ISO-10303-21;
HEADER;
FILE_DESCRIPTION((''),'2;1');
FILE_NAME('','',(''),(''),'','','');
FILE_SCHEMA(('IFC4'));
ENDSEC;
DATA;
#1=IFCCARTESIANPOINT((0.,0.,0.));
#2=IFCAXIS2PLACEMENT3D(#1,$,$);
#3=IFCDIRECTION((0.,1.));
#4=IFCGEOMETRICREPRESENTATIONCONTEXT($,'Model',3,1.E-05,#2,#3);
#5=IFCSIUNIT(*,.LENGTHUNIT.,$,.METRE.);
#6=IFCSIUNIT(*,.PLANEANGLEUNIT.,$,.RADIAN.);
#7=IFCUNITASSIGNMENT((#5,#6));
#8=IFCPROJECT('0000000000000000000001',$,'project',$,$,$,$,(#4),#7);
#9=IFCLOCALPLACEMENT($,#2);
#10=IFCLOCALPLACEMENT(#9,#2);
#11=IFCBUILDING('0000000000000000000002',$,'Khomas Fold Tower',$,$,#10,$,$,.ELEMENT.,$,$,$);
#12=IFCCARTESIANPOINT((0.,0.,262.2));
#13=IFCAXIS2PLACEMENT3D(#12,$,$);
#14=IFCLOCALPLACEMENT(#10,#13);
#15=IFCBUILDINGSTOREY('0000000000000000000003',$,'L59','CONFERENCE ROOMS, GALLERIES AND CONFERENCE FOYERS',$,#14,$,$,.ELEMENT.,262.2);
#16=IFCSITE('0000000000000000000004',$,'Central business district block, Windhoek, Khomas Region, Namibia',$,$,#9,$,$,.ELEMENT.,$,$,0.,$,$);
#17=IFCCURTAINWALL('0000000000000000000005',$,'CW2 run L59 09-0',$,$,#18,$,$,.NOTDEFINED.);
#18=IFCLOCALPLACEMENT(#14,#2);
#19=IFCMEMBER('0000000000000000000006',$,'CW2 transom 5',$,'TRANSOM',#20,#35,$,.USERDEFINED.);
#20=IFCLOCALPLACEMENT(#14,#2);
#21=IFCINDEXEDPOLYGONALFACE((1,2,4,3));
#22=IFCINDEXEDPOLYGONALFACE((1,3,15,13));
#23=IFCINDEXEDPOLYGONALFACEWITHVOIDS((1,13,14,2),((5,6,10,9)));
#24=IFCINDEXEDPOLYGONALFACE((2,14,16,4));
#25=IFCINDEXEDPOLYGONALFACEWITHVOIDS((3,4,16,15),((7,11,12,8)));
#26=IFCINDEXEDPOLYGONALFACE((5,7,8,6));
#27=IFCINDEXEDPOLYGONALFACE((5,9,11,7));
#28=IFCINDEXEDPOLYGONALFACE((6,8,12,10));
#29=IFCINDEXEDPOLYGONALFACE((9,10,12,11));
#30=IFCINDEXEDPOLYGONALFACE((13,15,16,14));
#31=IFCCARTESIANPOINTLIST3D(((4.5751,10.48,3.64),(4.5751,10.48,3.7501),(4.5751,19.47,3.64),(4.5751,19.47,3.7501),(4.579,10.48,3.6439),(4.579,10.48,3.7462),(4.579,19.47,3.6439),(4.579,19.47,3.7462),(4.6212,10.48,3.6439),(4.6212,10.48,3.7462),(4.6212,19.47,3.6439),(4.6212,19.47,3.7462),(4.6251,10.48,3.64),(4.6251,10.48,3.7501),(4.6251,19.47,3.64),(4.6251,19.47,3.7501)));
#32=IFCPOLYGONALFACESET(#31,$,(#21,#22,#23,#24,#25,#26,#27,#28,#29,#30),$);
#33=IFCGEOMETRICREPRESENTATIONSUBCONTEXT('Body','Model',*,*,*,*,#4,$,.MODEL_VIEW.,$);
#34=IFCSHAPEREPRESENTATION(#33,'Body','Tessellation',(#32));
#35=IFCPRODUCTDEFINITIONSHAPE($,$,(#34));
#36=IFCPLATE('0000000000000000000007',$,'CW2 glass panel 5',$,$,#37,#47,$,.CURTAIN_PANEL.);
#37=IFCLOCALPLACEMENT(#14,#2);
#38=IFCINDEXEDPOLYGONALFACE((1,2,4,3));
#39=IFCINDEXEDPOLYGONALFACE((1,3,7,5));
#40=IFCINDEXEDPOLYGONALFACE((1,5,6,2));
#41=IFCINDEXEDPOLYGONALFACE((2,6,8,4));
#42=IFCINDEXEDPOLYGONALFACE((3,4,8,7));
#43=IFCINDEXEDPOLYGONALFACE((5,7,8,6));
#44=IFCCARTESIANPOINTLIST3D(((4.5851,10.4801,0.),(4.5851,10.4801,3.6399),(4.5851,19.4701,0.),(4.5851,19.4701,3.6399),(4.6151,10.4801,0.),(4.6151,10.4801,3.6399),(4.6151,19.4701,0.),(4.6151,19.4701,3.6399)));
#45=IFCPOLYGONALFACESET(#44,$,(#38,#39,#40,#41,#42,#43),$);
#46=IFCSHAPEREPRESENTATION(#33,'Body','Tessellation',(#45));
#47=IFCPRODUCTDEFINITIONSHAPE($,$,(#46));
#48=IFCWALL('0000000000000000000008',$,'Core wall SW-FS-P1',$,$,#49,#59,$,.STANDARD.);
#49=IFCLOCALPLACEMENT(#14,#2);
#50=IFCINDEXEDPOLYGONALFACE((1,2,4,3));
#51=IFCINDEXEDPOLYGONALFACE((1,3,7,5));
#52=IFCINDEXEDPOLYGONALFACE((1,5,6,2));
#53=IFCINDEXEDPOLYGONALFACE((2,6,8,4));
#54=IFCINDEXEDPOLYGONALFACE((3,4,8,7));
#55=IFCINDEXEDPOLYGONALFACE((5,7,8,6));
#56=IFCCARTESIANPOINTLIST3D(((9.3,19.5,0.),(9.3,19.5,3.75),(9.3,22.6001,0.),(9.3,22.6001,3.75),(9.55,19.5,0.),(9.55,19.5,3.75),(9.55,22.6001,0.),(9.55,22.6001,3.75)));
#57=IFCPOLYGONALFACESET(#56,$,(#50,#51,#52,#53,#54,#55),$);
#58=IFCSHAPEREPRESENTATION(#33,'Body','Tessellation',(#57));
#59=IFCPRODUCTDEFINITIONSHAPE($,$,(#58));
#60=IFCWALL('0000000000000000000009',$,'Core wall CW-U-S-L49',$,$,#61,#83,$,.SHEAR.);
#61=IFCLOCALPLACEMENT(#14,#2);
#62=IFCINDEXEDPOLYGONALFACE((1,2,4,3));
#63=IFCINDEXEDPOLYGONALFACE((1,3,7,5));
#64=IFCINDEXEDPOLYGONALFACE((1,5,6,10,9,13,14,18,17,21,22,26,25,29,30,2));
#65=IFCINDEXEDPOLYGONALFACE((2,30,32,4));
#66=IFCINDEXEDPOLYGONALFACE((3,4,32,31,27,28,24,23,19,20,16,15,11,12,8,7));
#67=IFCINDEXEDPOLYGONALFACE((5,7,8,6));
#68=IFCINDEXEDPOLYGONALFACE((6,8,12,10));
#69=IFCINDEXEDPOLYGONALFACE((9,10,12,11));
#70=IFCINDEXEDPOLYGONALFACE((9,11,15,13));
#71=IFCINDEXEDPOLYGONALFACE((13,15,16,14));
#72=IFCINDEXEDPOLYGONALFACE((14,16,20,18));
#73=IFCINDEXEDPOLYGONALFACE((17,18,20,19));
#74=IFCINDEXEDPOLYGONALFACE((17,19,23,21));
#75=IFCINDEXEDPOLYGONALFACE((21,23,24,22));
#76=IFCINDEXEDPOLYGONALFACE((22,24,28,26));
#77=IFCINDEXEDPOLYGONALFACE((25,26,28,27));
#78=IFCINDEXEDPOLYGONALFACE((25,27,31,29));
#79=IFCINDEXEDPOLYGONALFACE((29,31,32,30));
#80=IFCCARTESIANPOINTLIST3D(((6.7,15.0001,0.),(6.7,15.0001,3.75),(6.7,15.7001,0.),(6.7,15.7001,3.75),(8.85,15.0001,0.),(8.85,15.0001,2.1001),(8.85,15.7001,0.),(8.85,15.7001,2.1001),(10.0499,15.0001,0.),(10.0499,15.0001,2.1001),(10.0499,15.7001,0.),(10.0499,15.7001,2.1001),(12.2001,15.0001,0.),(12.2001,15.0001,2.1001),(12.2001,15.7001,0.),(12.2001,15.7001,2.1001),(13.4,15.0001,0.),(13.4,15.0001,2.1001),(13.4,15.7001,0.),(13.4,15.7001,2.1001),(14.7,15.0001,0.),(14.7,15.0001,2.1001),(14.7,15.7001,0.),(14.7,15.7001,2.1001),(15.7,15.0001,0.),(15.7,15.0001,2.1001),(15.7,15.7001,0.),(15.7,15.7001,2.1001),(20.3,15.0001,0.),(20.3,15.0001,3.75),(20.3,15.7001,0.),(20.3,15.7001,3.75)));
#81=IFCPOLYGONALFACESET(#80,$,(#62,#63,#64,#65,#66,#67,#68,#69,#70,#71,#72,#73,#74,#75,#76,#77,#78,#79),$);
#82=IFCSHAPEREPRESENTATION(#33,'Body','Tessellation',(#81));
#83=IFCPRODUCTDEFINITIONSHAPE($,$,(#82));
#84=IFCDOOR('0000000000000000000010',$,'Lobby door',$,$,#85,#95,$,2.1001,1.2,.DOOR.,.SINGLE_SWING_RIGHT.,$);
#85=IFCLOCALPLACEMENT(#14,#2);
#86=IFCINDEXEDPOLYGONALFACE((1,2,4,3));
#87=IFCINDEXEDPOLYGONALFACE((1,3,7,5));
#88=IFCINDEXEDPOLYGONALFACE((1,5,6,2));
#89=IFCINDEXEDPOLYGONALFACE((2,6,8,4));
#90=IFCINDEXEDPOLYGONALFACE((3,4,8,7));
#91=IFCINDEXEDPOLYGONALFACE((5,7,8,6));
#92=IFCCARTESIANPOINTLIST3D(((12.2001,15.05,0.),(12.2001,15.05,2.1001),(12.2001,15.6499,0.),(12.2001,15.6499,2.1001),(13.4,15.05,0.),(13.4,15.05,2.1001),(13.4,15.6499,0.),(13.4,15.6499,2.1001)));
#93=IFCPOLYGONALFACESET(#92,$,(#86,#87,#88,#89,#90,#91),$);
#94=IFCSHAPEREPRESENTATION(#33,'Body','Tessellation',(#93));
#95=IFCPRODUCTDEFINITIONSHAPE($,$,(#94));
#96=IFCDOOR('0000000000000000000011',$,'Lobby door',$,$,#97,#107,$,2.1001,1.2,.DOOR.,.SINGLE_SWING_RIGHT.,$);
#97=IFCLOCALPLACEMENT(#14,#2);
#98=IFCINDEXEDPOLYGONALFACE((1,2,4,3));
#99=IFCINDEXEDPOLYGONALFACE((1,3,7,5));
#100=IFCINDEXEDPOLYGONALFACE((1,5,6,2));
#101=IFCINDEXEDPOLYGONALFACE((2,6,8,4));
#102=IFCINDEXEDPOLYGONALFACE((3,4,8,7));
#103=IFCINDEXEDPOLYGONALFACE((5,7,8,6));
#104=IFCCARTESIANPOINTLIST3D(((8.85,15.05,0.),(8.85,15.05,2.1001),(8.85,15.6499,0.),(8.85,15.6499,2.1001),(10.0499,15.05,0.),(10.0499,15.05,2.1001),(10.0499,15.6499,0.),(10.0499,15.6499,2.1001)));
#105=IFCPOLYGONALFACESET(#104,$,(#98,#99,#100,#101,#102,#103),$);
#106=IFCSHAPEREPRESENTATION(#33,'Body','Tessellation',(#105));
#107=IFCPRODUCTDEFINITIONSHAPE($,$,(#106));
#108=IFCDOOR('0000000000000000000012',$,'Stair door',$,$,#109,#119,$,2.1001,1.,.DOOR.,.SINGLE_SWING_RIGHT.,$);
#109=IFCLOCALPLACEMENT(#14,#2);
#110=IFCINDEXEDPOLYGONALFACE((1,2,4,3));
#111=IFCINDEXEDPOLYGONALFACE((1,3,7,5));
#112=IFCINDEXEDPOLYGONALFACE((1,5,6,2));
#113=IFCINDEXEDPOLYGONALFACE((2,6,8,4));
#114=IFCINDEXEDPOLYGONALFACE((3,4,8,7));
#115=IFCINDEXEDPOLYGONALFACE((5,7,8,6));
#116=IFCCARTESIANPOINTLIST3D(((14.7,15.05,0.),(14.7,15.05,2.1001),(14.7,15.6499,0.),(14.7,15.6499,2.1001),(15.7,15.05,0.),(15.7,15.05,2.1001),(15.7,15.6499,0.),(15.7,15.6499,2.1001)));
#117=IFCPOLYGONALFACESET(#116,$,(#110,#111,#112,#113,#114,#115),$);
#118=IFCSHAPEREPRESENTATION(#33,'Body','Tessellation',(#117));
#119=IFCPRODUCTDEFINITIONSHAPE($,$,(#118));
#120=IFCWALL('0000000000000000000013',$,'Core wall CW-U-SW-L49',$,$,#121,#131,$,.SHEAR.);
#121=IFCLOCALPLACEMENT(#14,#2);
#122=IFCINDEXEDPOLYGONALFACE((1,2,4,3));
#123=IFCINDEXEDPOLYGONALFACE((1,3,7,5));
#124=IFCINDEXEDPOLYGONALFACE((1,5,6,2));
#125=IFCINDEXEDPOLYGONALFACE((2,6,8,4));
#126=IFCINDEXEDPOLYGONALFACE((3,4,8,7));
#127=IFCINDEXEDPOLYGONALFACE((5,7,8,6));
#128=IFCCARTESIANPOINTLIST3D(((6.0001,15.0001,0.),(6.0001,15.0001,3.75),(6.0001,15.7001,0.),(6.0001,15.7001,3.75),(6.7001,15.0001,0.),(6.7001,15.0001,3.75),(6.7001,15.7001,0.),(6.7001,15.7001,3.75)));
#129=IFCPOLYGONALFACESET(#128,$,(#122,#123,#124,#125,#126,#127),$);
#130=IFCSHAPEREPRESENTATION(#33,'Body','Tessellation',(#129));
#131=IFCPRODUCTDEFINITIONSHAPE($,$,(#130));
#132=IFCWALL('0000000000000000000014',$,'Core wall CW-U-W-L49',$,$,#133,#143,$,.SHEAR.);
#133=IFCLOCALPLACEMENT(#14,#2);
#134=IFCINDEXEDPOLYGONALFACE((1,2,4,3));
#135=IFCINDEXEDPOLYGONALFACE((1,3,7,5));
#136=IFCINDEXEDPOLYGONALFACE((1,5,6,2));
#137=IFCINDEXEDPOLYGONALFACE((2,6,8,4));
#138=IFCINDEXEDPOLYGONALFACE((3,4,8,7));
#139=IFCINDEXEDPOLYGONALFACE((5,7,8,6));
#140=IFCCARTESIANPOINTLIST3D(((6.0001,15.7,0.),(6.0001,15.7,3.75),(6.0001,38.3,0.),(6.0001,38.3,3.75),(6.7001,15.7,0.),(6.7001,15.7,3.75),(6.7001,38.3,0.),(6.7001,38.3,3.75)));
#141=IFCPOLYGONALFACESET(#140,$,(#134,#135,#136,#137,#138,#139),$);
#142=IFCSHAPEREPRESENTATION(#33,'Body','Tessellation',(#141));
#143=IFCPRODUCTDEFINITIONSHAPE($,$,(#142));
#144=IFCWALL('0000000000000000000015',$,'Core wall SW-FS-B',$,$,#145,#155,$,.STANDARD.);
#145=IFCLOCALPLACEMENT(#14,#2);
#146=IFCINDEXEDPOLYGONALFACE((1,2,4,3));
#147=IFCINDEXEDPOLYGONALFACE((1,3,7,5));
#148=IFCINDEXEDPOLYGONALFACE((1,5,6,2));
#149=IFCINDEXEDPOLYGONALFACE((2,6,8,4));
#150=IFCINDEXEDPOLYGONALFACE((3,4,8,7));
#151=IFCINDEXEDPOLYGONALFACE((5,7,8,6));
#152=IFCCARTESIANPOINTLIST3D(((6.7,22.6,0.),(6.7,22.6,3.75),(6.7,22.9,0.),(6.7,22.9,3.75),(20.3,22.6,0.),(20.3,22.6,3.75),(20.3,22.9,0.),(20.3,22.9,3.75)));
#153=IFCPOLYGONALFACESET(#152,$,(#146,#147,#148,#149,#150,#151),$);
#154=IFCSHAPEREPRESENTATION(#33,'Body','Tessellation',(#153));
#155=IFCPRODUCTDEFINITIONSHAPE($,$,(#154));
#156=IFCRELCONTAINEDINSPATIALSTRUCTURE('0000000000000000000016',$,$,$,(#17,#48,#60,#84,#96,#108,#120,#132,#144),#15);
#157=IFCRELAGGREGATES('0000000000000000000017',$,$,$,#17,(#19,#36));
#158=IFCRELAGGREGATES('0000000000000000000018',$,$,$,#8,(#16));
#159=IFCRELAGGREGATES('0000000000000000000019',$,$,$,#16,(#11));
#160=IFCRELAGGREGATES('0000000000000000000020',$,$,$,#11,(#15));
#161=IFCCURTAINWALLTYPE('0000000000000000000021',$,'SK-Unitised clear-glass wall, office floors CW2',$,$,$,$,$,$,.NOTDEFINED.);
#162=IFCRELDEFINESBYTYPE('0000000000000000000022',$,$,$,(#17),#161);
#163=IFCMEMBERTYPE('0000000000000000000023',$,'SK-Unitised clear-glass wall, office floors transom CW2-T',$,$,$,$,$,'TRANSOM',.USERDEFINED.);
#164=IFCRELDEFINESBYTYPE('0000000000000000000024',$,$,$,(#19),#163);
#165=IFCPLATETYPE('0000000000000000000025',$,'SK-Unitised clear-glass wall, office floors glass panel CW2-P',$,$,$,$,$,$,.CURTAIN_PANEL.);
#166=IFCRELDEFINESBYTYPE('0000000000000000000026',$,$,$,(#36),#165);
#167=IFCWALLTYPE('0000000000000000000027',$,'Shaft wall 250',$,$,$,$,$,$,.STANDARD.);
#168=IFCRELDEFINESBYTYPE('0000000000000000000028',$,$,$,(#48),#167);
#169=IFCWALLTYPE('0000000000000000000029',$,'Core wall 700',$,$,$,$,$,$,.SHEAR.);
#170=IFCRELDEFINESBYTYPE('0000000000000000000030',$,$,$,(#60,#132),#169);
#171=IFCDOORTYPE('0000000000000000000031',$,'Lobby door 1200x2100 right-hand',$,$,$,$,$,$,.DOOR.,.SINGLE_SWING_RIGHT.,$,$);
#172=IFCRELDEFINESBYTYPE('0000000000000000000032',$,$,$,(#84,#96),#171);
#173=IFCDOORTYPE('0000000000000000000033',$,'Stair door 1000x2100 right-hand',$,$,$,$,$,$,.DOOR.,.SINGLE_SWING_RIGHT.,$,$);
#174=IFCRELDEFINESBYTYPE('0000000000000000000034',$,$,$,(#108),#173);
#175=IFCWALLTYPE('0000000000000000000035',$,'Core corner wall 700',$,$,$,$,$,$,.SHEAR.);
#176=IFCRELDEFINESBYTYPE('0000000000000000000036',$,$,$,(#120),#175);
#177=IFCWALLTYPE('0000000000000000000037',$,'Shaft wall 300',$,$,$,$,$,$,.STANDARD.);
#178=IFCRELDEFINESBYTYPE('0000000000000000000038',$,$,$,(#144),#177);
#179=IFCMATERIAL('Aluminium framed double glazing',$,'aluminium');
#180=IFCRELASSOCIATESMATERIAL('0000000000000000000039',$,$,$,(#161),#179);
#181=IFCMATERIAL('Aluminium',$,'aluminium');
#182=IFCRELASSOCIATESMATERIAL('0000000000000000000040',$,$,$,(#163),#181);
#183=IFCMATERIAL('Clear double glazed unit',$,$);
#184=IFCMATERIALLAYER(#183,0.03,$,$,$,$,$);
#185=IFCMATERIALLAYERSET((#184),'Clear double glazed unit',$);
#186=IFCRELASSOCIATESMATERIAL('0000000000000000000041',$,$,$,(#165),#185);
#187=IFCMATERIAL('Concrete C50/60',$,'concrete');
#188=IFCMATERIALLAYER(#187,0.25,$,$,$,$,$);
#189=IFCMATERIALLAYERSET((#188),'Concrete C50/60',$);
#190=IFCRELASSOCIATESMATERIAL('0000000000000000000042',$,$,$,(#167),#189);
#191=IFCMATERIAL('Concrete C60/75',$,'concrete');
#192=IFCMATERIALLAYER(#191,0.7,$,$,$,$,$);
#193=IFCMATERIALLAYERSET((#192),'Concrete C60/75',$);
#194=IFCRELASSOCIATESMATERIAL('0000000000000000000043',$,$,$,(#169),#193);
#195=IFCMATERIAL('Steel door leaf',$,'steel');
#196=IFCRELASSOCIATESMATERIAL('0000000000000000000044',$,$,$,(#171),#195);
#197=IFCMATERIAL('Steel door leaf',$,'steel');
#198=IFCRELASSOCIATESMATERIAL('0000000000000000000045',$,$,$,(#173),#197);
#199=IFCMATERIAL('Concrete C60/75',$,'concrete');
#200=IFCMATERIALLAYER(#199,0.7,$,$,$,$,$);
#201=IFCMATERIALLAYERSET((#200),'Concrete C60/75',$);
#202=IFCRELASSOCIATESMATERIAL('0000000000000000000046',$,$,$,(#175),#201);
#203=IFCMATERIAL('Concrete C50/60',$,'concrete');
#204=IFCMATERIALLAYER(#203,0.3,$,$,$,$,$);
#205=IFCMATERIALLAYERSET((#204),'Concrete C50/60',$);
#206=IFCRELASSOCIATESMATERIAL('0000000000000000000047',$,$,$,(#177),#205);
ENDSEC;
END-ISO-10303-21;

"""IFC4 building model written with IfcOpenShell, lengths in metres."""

from ifc_helpers import new_model, si_unit, direction, frame, frame_2d, origin, origin_2d, place, context, subcontext, project, spatial, rectangle, hollow_rectangle, extrude, source, transform, mapped, material, layer, layer_set, material_profile, profile_set, type_object, element, fill, aggregate, save


model = new_model("IFC4")

# Units and contexts
model_context = context("Model", 3, precision=1e-05, world=origin(), true_north=direction((0.0, 1.0)))
body_context = subcontext(model_context, "Body", "Model", "MODEL_VIEW")
ifc_project = project(units=[si_unit("LENGTHUNIT", "METRE"), si_unit("PLANEANGLEUNIT", "RADIAN")], contexts=[model_context])

# Site, building, storey
site_placement = place(None, origin())
site = spatial("IfcSite", under=ifc_project, at=site_placement, Name="Central business district block, Windhoek, Khomas Region, Namibia", CompositionType="ELEMENT", RefElevation=0.0)
building_placement = place(site_placement, origin())
building = spatial("IfcBuilding", under=site, at=building_placement, Name="Khomas Fold Tower", CompositionType="ELEMENT")
storey_placement = place(building_placement, frame((0.0, 0.0, 262.2)))
storey = spatial("IfcBuildingStorey", under=building, at=storey_placement, Name="L59", Description="CONFERENCE ROOMS, GALLERIES AND CONFERENCE FOYERS", CompositionType="ELEMENT", Elevation=262.2)

# Curtain wall, member, plate
ifc_material_1 = material(Name="Aluminium framed double glazing", Category="aluminium")
curtain_wall_type = type_object("IfcCurtainWallType", Name="SK-Unitised clear-glass wall, office floors CW2", PredefinedType="NOTDEFINED", material=ifc_material_1)
curtain_wall_placement = place(storey_placement, origin())
curtain_wall = element("IfcCurtainWall", 1, at=curtain_wall_placement, inside=storey, type_object=curtain_wall_type, Name="CW2 run L59 09-0", PredefinedType="NOTDEFINED")
ifc_material_2 = material(Name="Aluminium", Category="aluminium")
ifc_material_profile_1 = material_profile(ifc_material_2, hollow_rectangle(XDim=0.05, YDim=0.1101, WallThickness=0.0039, at=origin_2d()), Name="SK-Unitised clear-glass wall, office floors transom CW2-T")
ifc_profile_set_1 = profile_set([ifc_material_profile_1], Name="Aluminium")
member_type_1 = type_object("IfcMemberType", Name="SK-Unitised clear-glass wall, office floors transom CW2-T", ElementType="TRANSOM", PredefinedType="USERDEFINED", material=ifc_profile_set_1)
shared_shape_1 = source(origin(), body_context, "Body", "SweptSolid", [
    extrude(hollow_rectangle(XDim=0.05, YDim=0.1101, WallThickness=0.0039, at=origin_2d()), origin(), (0.0, 0.0, 1.0), 8.99),
])
member_1_placement = place(storey_placement, frame((4.6001, 19.47, 3.6951), z_axis=(0.0, -1.0, 0.0), x_axis=(1.0, 0.0, 0.0)))
member_1 = element("IfcMember", 2, at=member_1_placement, type_object=member_type_1, Name="CW2 transom 5", ObjectType="TRANSOM", PredefinedType="USERDEFINED", context=body_context, shape_type="MappedRepresentation", body=[
    mapped(shared_shape_1, transform((0.0, 0.0, 0.0))),
])
ifc_material_3 = material(Name="Clear double glazed unit")
ifc_layer_1 = layer(ifc_material_3, 0.03)
ifc_layer_set_1 = layer_set([ifc_layer_1], Name="Clear double glazed unit")
plate_type = type_object("IfcPlateType", Name="SK-Unitised clear-glass wall, office floors glass panel CW2-P", PredefinedType="CURTAIN_PANEL", material=ifc_layer_set_1)
shared_shape_2 = source(origin(), body_context, "Body", "SweptSolid", [
    extrude(rectangle(XDim=8.99, YDim=0.03, at=origin_2d()), origin(), (0.0, 0.0, 1.0), 3.6399),
])
plate_placement = place(storey_placement, frame((4.6001, 14.9751, 0.0), z_axis=(0.0, 0.0, 1.0), x_axis=(0.0, -1.0, 0.0)))
plate = element("IfcPlate", 3, at=plate_placement, type_object=plate_type, Name="CW2 glass panel 5", PredefinedType="CURTAIN_PANEL", context=body_context, shape_type="MappedRepresentation", body=[
    mapped(shared_shape_2, transform((0.0, 0.0, 0.0))),
])
aggregate(curtain_wall, [member_1, plate])

# Wall
ifc_material_4 = material(Name="Concrete C50/60", Category="concrete")
ifc_layer_2 = layer(ifc_material_4, 0.25)
ifc_layer_set_2 = layer_set([ifc_layer_2], Name="Concrete C50/60")
wall_type_1 = type_object("IfcWallType", Name="Shaft wall 250", PredefinedType="STANDARD", material=ifc_layer_set_2)
shared_shape_3 = source(origin(), body_context, "Body", "SweptSolid", [
    extrude(rectangle(XDim=3.1001, YDim=0.25, at=frame_2d((1.55, 0.0))), origin(), (0.0, 0.0, 1.0), 3.75),
])
wall_1_placement = place(storey_placement, frame((9.425, 19.5, 0.0), z_axis=(0.0, 0.0, 1.0), x_axis=(0.0, 1.0, 0.0)))
element("IfcWall", 4, at=wall_1_placement, inside=storey, type_object=wall_type_1, Name="Core wall SW-FS-P1", PredefinedType="STANDARD", context=body_context, shape_type="MappedRepresentation", body=[
    mapped(shared_shape_3, transform((0.0, 0.0, 0.0))),
])

# Wall, openings, doors
ifc_material_5 = material(Name="Concrete C60/75", Category="concrete")
ifc_layer_3 = layer(ifc_material_5, 0.7)
ifc_layer_set_3 = layer_set([ifc_layer_3], Name="Concrete C60/75")
wall_type_2 = type_object("IfcWallType", Name="Core wall 700", PredefinedType="SHEAR", material=ifc_layer_set_3)
shared_shape_4 = source(origin(), body_context, "Body", "SweptSolid", [
    extrude(rectangle(XDim=13.6001, YDim=0.7, at=frame_2d((6.8, 0.0))), origin(), (0.0, 0.0, 1.0), 3.75),
])
wall_2_placement = place(storey_placement, frame((6.7, 15.3501, 0.0), z_axis=(0.0, 0.0, 1.0), x_axis=(1.0, 0.0, 0.0)))
wall_2 = element("IfcWall", 5, at=wall_2_placement, inside=storey, type_object=wall_type_2, Name="Core wall CW-U-S-L49", PredefinedType="SHEAR", context=body_context, shape_type="MappedRepresentation", body=[
    mapped(shared_shape_4, transform((0.0, 0.0, 0.0))),
])
shared_shape_5 = source(origin(), body_context, "Body", "SweptSolid", [
    extrude(rectangle(XDim=1.2, YDim=2.1001, at=frame_2d((0.6001, 1.05))), frame((0.0, 0.3599, 0.0), z_axis=(0.0, -1.0, 0.0), x_axis=(1.0, 0.0, 0.0)), (0.0, 0.0, 1.0), 0.72),
])
opening_1_placement = place(wall_2_placement, frame((5.5, 0.0, 0.0)))
opening_1 = element("IfcOpeningElement", 6, at=opening_1_placement, cuts=wall_2, PredefinedType="OPENING", context=body_context, shape_type="MappedRepresentation", body=[
    mapped(shared_shape_5, transform((0.0, 0.0, 0.0))),
])
opening_2_placement = place(wall_2_placement, frame((2.1499, 0.0, 0.0)))
opening_2 = element("IfcOpeningElement", 7, at=opening_2_placement, cuts=wall_2, PredefinedType="OPENING", context=body_context, shape_type="MappedRepresentation", body=[
    mapped(shared_shape_5, transform((0.0, 0.0, 0.0))),
])
shared_shape_6 = source(origin(), body_context, "Body", "SweptSolid", [
    extrude(rectangle(XDim=1.0, YDim=2.1001, at=frame_2d((0.5, 1.05))), frame((0.0, 0.3599, 0.0), z_axis=(0.0, -1.0, 0.0), x_axis=(1.0, 0.0, 0.0)), (0.0, 0.0, 1.0), 0.72),
])
opening_3_placement = place(wall_2_placement, frame((8.0, 0.0, 0.0)))
opening_3 = element("IfcOpeningElement", 8, at=opening_3_placement, cuts=wall_2, PredefinedType="OPENING", context=body_context, shape_type="MappedRepresentation", body=[
    mapped(shared_shape_6, transform((0.0, 0.0, 0.0))),
])
ifc_material_6 = material(Name="Steel door leaf", Category="steel")
door_type_1 = type_object("IfcDoorType", Name="Lobby door 1200x2100 right-hand", OperationType="SINGLE_SWING_RIGHT", PredefinedType="DOOR", material=ifc_material_6)
shared_shape_7 = source(origin(), body_context, "Body", "SweptSolid", [
    extrude(rectangle(XDim=1.2, YDim=2.1001, at=frame_2d((0.6001, 1.05))), frame((0.0, 0.2998, 0.0), z_axis=(0.0, -1.0, 0.0), x_axis=(1.0, 0.0, 0.0)), (0.0, 0.0, 1.0), 0.5999),
])
door_1_placement = place(opening_1_placement, origin())
door_1 = element("IfcDoor", 9, at=door_1_placement, inside=storey, type_object=door_type_1, Name="Lobby door", OperationType="SINGLE_SWING_RIGHT", OverallHeight=2.1001, OverallWidth=1.2, PredefinedType="DOOR", context=body_context, shape_type="MappedRepresentation", body=[
    mapped(shared_shape_7, transform((0.0, 0.0, 0.0))),
])
fill(opening_1, door_1)
door_2_placement = place(opening_2_placement, origin())
door_2 = element("IfcDoor", 10, at=door_2_placement, inside=storey, type_object=door_type_1, Name="Lobby door", OperationType="SINGLE_SWING_RIGHT", OverallHeight=2.1001, OverallWidth=1.2, PredefinedType="DOOR", context=body_context, shape_type="MappedRepresentation", body=[
    mapped(shared_shape_7, transform((0.0, 0.0, 0.0))),
])
fill(opening_2, door_2)
ifc_material_7 = material(Name="Steel door leaf", Category="steel")
door_type_2 = type_object("IfcDoorType", Name="Stair door 1000x2100 right-hand", OperationType="SINGLE_SWING_RIGHT", PredefinedType="DOOR", material=ifc_material_7)
shared_shape_8 = source(origin(), body_context, "Body", "SweptSolid", [
    extrude(rectangle(XDim=1.0, YDim=2.1001, at=frame_2d((0.5, 1.05))), frame((0.0, 0.2998, 0.0), z_axis=(0.0, -1.0, 0.0), x_axis=(1.0, 0.0, 0.0)), (0.0, 0.0, 1.0), 0.5999),
])
door_3_placement = place(opening_3_placement, origin())
door_3 = element("IfcDoor", 11, at=door_3_placement, inside=storey, type_object=door_type_2, Name="Stair door", OperationType="SINGLE_SWING_RIGHT", OverallHeight=2.1001, OverallWidth=1.0, PredefinedType="DOOR", context=body_context, shape_type="MappedRepresentation", body=[
    mapped(shared_shape_8, transform((0.0, 0.0, 0.0))),
])
fill(opening_3, door_3)

# Walls
ifc_material_8 = material(Name="Concrete C60/75", Category="concrete")
ifc_layer_4 = layer(ifc_material_8, 0.7)
ifc_layer_set_4 = layer_set([ifc_layer_4], Name="Concrete C60/75")
wall_type_3 = type_object("IfcWallType", Name="Core corner wall 700", PredefinedType="SHEAR", material=ifc_layer_set_4)
shared_shape_9 = source(origin(), body_context, "Body", "SweptSolid", [
    extrude(rectangle(XDim=0.7, YDim=0.7, at=frame_2d((0.3501, 0.0))), origin(), (0.0, 0.0, 1.0), 3.75),
])
wall_3_placement = place(storey_placement, frame((6.0, 15.3501, 0.0), z_axis=(0.0, 0.0, 1.0), x_axis=(1.0, 0.0, 0.0)))
element("IfcWall", 12, at=wall_3_placement, inside=storey, type_object=wall_type_3, Name="Core wall CW-U-SW-L49", PredefinedType="SHEAR", context=body_context, shape_type="MappedRepresentation", body=[
    mapped(shared_shape_9, transform((0.0, 0.0, 0.0))),
])
shared_shape_10 = source(origin(), body_context, "Body", "SweptSolid", [
    extrude(rectangle(XDim=22.6001, YDim=0.7, at=frame_2d((11.3, 0.0))), origin(), (0.0, 0.0, 1.0), 3.75),
])
wall_4_placement = place(storey_placement, frame((6.3501, 15.7, 0.0), z_axis=(0.0, 0.0, 1.0), x_axis=(0.0, 1.0, 0.0)))
element("IfcWall", 13, at=wall_4_placement, inside=storey, type_object=wall_type_2, Name="Core wall CW-U-W-L49", PredefinedType="SHEAR", context=body_context, shape_type="MappedRepresentation", body=[
    mapped(shared_shape_10, transform((0.0, 0.0, 0.0))),
])
ifc_material_9 = material(Name="Concrete C50/60", Category="concrete")
ifc_layer_5 = layer(ifc_material_9, 0.3)
ifc_layer_set_5 = layer_set([ifc_layer_5], Name="Concrete C50/60")
wall_type_4 = type_object("IfcWallType", Name="Shaft wall 300", PredefinedType="STANDARD", material=ifc_layer_set_5)
shared_shape_11 = source(origin(), body_context, "Body", "SweptSolid", [
    extrude(rectangle(XDim=13.6001, YDim=0.3, at=frame_2d((6.8, 0.0))), origin(), (0.0, 0.0, 1.0), 3.75),
])
wall_5_placement = place(storey_placement, frame((6.7, 22.75, 0.0), z_axis=(0.0, 0.0, 1.0), x_axis=(1.0, 0.0, 0.0)))
element("IfcWall", 14, at=wall_5_placement, inside=storey, type_object=wall_type_4, Name="Core wall SW-FS-B", PredefinedType="STANDARD", context=body_context, shape_type="MappedRepresentation", body=[
    mapped(shared_shape_11, transform((0.0, 0.0, 0.0))),
])

save(model, "model.ifc")
